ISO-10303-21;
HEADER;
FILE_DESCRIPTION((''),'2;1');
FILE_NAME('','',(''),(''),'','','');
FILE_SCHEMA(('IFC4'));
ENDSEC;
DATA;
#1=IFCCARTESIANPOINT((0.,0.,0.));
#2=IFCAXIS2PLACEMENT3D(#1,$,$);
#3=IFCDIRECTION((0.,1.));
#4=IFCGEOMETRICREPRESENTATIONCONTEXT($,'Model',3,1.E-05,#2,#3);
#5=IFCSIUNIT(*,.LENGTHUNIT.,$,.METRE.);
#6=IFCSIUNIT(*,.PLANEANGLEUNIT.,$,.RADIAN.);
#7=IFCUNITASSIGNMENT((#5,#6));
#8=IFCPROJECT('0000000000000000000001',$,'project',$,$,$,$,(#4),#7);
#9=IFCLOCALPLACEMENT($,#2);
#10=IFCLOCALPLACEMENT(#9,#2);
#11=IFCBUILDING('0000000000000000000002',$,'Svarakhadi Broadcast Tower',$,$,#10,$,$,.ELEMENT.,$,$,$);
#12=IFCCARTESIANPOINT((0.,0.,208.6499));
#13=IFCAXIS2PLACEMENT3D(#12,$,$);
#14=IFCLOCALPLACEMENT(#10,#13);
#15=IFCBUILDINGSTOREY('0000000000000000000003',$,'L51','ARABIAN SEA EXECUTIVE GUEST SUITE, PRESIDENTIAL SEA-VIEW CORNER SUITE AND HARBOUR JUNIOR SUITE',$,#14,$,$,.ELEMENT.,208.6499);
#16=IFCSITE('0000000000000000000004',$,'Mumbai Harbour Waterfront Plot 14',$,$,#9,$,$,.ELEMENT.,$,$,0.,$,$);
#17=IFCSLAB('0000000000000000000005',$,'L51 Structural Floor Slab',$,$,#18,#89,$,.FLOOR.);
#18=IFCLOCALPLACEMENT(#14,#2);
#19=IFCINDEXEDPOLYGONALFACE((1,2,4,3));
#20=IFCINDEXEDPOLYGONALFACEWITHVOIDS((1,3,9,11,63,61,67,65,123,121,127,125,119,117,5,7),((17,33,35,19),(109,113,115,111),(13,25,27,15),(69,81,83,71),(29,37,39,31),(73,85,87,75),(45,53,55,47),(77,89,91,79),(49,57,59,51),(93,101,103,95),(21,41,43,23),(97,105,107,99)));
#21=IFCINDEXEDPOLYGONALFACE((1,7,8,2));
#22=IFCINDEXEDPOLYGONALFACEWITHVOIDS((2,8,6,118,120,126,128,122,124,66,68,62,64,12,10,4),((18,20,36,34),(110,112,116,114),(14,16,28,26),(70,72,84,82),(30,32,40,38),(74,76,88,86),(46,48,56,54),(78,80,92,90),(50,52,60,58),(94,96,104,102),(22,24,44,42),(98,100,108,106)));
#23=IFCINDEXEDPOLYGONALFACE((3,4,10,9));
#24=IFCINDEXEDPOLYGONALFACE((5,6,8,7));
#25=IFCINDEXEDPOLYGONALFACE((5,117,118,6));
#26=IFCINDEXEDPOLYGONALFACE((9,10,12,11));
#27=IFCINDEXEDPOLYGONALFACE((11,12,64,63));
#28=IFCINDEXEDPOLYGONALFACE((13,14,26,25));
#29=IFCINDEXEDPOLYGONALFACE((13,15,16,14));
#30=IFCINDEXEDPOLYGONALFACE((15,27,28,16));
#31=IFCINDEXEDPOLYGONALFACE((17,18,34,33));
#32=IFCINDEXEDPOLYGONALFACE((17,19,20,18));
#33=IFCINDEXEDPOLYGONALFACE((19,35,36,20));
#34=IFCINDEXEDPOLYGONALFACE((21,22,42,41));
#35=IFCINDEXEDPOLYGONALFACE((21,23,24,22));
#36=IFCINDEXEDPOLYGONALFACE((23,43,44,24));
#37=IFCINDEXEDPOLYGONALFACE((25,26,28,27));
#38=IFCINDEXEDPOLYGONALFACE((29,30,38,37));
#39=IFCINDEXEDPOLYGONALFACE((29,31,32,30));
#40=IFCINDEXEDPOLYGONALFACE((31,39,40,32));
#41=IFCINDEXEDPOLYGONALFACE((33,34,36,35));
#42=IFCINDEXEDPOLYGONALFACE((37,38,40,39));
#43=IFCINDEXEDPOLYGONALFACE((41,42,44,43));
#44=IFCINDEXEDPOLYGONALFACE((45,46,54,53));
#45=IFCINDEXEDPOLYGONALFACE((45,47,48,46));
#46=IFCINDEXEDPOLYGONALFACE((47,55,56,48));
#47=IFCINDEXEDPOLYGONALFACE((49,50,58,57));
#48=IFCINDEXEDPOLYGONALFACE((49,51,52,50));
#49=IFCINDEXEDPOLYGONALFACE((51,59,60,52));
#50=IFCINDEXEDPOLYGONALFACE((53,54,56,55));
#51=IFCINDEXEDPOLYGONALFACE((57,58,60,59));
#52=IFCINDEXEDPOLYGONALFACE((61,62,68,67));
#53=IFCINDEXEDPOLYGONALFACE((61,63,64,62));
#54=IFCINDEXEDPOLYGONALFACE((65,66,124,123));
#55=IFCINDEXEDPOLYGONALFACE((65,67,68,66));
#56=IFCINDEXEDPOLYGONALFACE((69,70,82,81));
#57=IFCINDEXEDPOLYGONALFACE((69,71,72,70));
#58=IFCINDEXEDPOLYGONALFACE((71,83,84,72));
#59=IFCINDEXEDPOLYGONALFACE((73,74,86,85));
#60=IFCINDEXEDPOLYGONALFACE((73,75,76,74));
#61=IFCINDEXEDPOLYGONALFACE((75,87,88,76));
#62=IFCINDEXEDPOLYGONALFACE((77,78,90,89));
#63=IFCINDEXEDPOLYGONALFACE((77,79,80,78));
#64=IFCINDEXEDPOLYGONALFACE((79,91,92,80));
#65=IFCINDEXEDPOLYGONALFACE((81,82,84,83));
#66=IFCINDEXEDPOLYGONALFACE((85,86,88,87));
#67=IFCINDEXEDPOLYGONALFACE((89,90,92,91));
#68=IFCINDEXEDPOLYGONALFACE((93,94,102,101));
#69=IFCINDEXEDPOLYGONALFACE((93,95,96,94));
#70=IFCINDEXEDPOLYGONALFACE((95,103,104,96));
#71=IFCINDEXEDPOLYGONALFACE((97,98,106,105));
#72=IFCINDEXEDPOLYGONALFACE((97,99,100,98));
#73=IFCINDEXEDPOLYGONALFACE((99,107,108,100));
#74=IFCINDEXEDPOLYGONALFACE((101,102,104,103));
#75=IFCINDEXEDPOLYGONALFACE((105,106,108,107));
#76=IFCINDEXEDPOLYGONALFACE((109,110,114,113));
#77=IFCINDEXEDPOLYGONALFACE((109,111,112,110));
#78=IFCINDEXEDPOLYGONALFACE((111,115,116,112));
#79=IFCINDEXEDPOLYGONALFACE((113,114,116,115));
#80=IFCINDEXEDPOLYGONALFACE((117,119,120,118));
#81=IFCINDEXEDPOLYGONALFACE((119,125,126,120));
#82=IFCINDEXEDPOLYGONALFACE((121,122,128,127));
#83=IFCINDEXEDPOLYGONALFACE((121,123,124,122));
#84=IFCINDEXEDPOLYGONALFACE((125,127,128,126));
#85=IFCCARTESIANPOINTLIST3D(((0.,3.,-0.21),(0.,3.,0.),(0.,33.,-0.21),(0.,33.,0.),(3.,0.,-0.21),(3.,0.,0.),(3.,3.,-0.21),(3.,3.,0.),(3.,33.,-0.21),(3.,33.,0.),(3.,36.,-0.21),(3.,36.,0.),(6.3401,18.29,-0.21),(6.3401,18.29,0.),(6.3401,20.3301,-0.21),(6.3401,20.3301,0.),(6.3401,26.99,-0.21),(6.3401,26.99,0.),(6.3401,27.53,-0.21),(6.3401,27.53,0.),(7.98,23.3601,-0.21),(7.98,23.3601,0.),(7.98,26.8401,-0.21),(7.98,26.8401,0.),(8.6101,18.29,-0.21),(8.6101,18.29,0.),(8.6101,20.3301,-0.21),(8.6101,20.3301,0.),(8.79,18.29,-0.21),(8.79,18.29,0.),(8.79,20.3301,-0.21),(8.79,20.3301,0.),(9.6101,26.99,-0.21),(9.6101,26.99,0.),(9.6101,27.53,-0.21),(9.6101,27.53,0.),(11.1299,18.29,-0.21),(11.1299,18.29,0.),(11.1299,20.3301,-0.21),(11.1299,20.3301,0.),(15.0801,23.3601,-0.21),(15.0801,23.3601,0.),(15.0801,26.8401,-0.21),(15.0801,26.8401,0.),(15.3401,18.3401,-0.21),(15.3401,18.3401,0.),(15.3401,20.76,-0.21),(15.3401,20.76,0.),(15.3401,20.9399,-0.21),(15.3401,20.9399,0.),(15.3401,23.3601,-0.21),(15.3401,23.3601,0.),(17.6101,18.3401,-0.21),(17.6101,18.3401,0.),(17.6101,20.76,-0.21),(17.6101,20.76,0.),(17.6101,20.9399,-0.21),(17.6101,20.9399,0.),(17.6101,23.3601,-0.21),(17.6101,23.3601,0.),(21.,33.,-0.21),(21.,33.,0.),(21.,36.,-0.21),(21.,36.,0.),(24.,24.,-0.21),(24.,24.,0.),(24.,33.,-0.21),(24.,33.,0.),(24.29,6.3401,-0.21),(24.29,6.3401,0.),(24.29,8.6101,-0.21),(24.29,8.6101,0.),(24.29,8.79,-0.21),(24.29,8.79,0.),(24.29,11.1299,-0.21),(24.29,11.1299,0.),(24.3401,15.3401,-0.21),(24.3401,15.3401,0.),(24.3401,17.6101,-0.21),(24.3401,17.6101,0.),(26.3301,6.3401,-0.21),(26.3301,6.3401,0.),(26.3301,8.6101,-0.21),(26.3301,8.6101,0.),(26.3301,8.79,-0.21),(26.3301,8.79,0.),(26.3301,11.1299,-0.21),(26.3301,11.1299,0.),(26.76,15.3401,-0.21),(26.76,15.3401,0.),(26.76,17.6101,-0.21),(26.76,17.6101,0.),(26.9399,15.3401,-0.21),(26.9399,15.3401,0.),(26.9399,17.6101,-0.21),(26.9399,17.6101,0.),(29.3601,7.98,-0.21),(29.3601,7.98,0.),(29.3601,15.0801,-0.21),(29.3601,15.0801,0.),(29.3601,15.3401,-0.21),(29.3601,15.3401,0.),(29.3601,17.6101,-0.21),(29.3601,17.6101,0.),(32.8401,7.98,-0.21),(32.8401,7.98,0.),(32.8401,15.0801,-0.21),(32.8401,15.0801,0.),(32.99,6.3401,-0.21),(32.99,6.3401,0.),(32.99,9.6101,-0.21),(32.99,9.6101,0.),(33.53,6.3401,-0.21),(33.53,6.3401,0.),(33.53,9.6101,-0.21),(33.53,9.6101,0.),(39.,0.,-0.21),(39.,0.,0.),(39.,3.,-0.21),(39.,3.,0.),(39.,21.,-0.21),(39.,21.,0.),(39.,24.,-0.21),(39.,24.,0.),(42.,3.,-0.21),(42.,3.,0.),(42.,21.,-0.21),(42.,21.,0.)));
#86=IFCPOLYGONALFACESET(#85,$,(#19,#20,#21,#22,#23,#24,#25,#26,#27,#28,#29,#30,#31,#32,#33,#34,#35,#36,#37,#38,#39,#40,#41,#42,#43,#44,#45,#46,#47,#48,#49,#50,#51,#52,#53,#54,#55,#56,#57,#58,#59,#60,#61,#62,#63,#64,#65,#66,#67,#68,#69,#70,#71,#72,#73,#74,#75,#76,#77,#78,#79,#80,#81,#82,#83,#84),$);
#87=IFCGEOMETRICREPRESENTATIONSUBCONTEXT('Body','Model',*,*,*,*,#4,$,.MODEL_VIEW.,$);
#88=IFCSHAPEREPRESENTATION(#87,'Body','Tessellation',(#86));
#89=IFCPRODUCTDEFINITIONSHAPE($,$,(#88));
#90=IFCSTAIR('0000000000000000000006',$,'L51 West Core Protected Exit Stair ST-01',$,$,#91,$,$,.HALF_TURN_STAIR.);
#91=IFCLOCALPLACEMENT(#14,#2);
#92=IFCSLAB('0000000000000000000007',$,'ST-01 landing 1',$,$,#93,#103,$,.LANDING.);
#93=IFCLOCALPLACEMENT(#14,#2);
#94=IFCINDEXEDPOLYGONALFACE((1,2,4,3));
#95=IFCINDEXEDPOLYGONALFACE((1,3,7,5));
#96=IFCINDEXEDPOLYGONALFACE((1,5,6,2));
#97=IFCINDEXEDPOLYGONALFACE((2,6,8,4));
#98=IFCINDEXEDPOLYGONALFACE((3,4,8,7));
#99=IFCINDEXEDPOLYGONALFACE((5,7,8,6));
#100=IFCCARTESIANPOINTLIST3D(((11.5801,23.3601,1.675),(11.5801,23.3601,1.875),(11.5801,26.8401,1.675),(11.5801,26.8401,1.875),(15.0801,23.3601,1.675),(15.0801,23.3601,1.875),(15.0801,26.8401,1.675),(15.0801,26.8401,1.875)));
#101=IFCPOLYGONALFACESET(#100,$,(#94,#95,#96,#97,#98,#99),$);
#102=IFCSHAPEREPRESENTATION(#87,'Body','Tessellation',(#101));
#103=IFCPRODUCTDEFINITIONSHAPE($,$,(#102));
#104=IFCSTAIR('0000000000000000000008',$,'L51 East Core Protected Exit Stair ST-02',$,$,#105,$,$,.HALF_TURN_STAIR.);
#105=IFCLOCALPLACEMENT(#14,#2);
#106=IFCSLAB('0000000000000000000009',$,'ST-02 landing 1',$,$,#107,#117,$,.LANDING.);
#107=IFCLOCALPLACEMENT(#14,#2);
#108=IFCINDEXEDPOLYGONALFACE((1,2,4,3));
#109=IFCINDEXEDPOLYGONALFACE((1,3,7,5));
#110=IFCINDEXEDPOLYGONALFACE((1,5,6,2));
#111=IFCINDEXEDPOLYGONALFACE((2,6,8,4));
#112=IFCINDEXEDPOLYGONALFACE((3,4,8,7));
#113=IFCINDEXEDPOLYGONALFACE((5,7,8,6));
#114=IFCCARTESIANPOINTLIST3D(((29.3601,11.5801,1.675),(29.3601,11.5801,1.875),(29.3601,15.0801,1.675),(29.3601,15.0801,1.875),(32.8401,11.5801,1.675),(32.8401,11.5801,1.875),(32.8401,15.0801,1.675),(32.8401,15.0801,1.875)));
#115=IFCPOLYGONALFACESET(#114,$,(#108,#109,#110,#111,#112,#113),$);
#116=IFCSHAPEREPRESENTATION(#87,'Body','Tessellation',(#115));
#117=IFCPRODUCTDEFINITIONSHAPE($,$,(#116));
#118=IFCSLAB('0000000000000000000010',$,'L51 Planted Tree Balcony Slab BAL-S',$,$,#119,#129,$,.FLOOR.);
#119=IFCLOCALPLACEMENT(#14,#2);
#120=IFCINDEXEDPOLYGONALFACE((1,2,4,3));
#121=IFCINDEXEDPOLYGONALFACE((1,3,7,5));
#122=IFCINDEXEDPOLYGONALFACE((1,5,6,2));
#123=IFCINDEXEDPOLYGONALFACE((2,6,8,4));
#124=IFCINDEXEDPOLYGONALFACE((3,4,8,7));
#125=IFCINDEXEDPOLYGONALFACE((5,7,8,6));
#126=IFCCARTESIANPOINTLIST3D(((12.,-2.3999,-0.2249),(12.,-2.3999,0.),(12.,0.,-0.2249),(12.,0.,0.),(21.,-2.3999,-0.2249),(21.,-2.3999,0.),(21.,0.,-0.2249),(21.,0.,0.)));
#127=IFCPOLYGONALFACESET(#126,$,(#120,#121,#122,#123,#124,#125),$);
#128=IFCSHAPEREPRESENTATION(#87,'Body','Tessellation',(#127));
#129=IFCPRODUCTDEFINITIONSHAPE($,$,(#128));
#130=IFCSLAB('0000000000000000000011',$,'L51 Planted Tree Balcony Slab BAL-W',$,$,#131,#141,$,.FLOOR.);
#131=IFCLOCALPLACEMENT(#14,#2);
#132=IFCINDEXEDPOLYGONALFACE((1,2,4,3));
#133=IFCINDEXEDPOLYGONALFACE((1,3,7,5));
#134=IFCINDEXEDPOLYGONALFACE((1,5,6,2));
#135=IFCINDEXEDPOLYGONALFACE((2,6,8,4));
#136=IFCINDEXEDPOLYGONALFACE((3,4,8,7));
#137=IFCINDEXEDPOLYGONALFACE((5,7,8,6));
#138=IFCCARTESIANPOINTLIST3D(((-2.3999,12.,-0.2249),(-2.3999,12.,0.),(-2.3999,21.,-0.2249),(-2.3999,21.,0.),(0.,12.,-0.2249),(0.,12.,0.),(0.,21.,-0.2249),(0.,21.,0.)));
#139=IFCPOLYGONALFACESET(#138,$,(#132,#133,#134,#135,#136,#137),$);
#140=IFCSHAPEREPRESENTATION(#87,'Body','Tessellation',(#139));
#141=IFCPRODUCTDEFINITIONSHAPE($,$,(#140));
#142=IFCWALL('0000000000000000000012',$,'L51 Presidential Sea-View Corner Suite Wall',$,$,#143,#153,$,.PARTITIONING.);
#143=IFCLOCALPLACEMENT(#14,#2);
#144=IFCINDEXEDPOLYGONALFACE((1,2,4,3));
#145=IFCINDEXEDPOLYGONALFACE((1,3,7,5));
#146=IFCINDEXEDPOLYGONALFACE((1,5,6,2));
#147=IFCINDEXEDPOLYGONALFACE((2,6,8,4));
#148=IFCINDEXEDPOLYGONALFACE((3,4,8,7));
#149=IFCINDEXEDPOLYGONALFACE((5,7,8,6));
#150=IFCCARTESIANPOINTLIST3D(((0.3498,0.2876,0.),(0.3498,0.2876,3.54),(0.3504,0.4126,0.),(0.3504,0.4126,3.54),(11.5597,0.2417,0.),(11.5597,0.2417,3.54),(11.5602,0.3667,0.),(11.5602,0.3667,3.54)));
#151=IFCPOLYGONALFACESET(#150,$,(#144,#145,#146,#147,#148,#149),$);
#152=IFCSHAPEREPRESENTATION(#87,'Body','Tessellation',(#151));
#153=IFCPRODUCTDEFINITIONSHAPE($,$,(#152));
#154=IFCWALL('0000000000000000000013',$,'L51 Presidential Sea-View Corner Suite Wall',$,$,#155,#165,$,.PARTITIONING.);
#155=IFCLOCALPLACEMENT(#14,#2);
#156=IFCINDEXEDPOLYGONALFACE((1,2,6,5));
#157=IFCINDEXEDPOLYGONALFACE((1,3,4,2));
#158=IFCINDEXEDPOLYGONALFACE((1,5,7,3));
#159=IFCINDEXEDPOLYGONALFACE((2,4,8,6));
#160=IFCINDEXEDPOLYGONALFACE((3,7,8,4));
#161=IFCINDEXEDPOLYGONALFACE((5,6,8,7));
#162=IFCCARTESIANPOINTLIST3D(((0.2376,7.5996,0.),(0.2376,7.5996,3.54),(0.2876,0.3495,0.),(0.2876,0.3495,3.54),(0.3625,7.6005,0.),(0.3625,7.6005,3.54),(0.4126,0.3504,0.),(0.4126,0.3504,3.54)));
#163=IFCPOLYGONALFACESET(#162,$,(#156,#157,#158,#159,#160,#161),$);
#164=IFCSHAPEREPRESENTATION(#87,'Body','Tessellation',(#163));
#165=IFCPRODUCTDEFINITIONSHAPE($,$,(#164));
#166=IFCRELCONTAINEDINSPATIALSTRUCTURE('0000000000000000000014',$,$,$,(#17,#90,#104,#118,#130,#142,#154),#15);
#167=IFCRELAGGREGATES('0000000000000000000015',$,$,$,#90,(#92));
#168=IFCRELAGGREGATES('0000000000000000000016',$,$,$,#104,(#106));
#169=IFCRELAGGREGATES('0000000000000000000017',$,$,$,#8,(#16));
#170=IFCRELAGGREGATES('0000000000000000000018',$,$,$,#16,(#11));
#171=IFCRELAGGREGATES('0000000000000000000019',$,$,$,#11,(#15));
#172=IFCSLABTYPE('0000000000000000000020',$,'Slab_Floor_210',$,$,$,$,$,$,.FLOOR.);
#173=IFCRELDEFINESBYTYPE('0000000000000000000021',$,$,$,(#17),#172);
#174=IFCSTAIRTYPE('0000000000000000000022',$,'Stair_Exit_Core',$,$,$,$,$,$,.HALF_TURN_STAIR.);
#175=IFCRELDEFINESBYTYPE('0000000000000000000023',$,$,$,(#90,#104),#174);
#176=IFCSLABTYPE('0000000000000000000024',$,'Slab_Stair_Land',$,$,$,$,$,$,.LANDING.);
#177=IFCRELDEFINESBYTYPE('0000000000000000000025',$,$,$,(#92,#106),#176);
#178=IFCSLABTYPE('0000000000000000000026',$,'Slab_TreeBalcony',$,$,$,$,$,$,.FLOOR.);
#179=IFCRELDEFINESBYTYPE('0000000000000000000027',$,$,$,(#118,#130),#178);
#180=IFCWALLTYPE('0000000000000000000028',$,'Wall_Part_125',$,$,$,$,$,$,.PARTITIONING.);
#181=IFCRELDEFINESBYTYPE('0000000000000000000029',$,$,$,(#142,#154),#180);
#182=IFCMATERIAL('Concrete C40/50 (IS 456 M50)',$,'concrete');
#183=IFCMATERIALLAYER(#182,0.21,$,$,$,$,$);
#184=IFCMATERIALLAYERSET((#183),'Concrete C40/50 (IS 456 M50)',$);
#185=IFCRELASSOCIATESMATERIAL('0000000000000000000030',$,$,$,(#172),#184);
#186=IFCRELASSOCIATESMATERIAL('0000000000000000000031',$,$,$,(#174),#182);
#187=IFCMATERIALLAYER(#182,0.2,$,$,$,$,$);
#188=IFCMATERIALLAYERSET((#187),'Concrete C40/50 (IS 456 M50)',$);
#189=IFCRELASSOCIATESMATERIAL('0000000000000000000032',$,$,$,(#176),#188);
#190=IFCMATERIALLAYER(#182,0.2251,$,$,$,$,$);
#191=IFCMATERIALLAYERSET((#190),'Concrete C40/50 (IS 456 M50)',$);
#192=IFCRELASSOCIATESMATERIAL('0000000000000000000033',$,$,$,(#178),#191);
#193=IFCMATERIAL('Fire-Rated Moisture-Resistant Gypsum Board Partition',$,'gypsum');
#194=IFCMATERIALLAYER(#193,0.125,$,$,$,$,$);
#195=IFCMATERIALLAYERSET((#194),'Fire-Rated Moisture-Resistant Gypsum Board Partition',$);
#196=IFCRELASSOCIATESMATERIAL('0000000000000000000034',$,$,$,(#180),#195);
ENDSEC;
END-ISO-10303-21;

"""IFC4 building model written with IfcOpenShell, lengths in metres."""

from ifc_helpers import new_model, si_unit, direction, frame, frame_2d, origin, place, context, subcontext, project, spatial, polyline, rectangle, outline, extrude, material, layer, layer_set, type_object, element, aggregate, save


model = new_model("IFC4")

# Units and contexts
model_context = context("Model", 3, precision=1e-05, world=origin(), true_north=direction((0.0, 1.0)))
body_context = subcontext(model_context, "Body", "Model", "MODEL_VIEW")
ifc_project = project(units=[si_unit("LENGTHUNIT", "METRE"), si_unit("PLANEANGLEUNIT", "RADIAN")], contexts=[model_context])

# Site, building, storey
site_placement = place(None, origin())
site = spatial("IfcSite", under=ifc_project, at=site_placement, Name="Mumbai Harbour Waterfront Plot 14", CompositionType="ELEMENT", RefElevation=0.0)
building_placement = place(site_placement, origin())
building = spatial("IfcBuilding", under=site, at=building_placement, Name="Svarakhadi Broadcast Tower", CompositionType="ELEMENT")
storey_placement = place(building_placement, frame((0.0, 0.0, 208.6499)))
storey = spatial("IfcBuildingStorey", under=building, at=storey_placement, Name="L51", Description="ARABIAN SEA EXECUTIVE GUEST SUITE, PRESIDENTIAL SEA-VIEW CORNER SUITE AND HARBOUR JUNIOR SUITE", CompositionType="ELEMENT", Elevation=208.6499)

# Slab
ifc_material_1 = material(Name="Concrete C40/50 (IS 456 M50)", Category="concrete")
ifc_layer_1 = layer(ifc_material_1, 0.21)
ifc_layer_set_1 = layer_set([ifc_layer_1], Name="Concrete C40/50 (IS 456 M50)")
slab_type_1 = type_object("IfcSlabType", Name="Slab_Floor_210", PredefinedType="FLOOR", material=ifc_layer_set_1)
slab_1_placement = place(storey_placement, frame((0.0, 0.0, -0.21)))
element("IfcSlab", 1, at=slab_1_placement, inside=storey, type_object=slab_type_1, Name="L51 Structural Floor Slab", PredefinedType="FLOOR", context=body_context, shape_type="SweptSolid", body=[
    extrude(outline(polyline([(3.0, 0.0), (39.0, 0.0), (39.0, 3.0), (42.0, 3.0), (42.0, 21.0), (39.0, 21.0), (39.0, 24.0), (24.0, 24.0), (24.0, 33.0), (21.0, 33.0), (21.0, 36.0), (3.0, 36.0), (3.0, 33.0), (0.0, 33.0), (0.0, 3.0), (3.0, 3.0), (3.0, 0.0)]), holes=[polyline([(7.98, 23.3601), (15.0801, 23.3601), (15.0801, 26.8401), (7.98, 26.8401), (7.98, 23.3601)]), polyline([(32.8401, 7.98), (32.8401, 15.0801), (29.3601, 15.0801), (29.3601, 7.98), (32.8401, 7.98)]), polyline([(6.3401, 18.29), (8.6101, 18.29), (8.6101, 20.3301), (6.3401, 20.3301), (6.3401, 18.29)]), polyline([(8.79, 18.29), (11.1299, 18.29), (11.1299, 20.3301), (8.79, 20.3301), (8.79, 18.29)]), polyline([(24.29, 6.3401), (26.3301, 6.3401), (26.3301, 8.6101), (24.29, 8.6101), (24.29, 6.3401)]), polyline([(24.29, 8.79), (26.3301, 8.79), (26.3301, 11.1299), (24.29, 11.1299), (24.29, 8.79)]), polyline([(6.3401, 26.99), (9.6101, 26.99), (9.6101, 27.53), (6.3401, 27.53), (6.3401, 26.99)]), polyline([(32.99, 6.3401), (33.53, 6.3401), (33.53, 9.6101), (32.99, 9.6101), (32.99, 6.3401)]), polyline([(15.3401, 18.3401), (17.6101, 18.3401), (17.6101, 20.76), (15.3401, 20.76), (15.3401, 18.3401)]), polyline([(15.3401, 20.9399), (17.6101, 20.9399), (17.6101, 23.3601), (15.3401, 23.3601), (15.3401, 20.9399)]), polyline([(24.3401, 15.3401), (26.76, 15.3401), (26.76, 17.6101), (24.3401, 17.6101), (24.3401, 15.3401)]), polyline([(26.9399, 15.3401), (29.3601, 15.3401), (29.3601, 17.6101), (26.9399, 17.6101), (26.9399, 15.3401)])]), origin(), (0.0, 0.0, 1.0), 0.21),
])

# Stairs, slabs
stair_type = type_object("IfcStairType", Name="Stair_Exit_Core", PredefinedType="HALF_TURN_STAIR", material=ifc_material_1)
stair_1_placement = place(storey_placement, origin())
stair_1 = element("IfcStair", 2, at=stair_1_placement, inside=storey, type_object=stair_type, Name="L51 West Core Protected Exit Stair ST-01", PredefinedType="HALF_TURN_STAIR")
ifc_layer_2 = layer(ifc_material_1, 0.2)
ifc_layer_set_2 = layer_set([ifc_layer_2], Name="Concrete C40/50 (IS 456 M50)")
slab_type_2 = type_object("IfcSlabType", Name="Slab_Stair_Land", PredefinedType="LANDING", material=ifc_layer_set_2)
slab_2_placement = place(storey_placement, frame((0.0, 0.0, 1.675)))
slab_2 = element("IfcSlab", 3, at=slab_2_placement, type_object=slab_type_2, Name="ST-01 landing 1", PredefinedType="LANDING", context=body_context, shape_type="SweptSolid", body=[
    extrude(outline(polyline([(11.5801, 23.3601), (15.0801, 23.3601), (15.0801, 26.8401), (11.5801, 26.8401), (11.5801, 23.3601)])), origin(), (0.0, 0.0, 1.0), 0.2),
])
aggregate(stair_1, [slab_2])
stair_2_placement = place(storey_placement, origin())
stair_2 = element("IfcStair", 4, at=stair_2_placement, inside=storey, type_object=stair_type, Name="L51 East Core Protected Exit Stair ST-02", PredefinedType="HALF_TURN_STAIR")
slab_3_placement = place(storey_placement, frame((0.0, 0.0, 1.675)))
slab_3 = element("IfcSlab", 5, at=slab_3_placement, type_object=slab_type_2, Name="ST-02 landing 1", PredefinedType="LANDING", context=body_context, shape_type="SweptSolid", body=[
    extrude(outline(polyline([(32.8401, 11.5801), (32.8401, 15.0801), (29.3601, 15.0801), (29.3601, 11.5801), (32.8401, 11.5801)])), origin(), (0.0, 0.0, 1.0), 0.2),
])
aggregate(stair_2, [slab_3])

# Slabs
ifc_layer_3 = layer(ifc_material_1, 0.2251)
ifc_layer_set_3 = layer_set([ifc_layer_3], Name="Concrete C40/50 (IS 456 M50)")
slab_type_3 = type_object("IfcSlabType", Name="Slab_TreeBalcony", PredefinedType="FLOOR", material=ifc_layer_set_3)
slab_4_placement = place(storey_placement, frame((0.0, 0.0, -0.2249)))
element("IfcSlab", 6, at=slab_4_placement, inside=storey, type_object=slab_type_3, Name="L51 Planted Tree Balcony Slab BAL-S", PredefinedType="FLOOR", context=body_context, shape_type="SweptSolid", body=[
    extrude(outline(polyline([(12.0, -2.3999), (21.0, -2.3999), (21.0, 0.0), (12.0, 0.0), (12.0, -2.3999)])), origin(), (0.0, 0.0, 1.0), 0.2249),
])
slab_5_placement = place(storey_placement, frame((0.0, 0.0, -0.2249)))
element("IfcSlab", 7, at=slab_5_placement, inside=storey, type_object=slab_type_3, Name="L51 Planted Tree Balcony Slab BAL-W", PredefinedType="FLOOR", context=body_context, shape_type="SweptSolid", body=[
    extrude(outline(polyline([(-2.3999, 12.0), (0.0, 12.0), (0.0, 21.0), (-2.3999, 21.0), (-2.3999, 12.0)])), origin(), (0.0, 0.0, 1.0), 0.2249),
])

# Walls
ifc_material_2 = material(Name="Fire-Rated Moisture-Resistant Gypsum Board Partition", Category="gypsum")
ifc_layer_4 = layer(ifc_material_2, 0.125)
ifc_layer_set_4 = layer_set([ifc_layer_4], Name="Fire-Rated Moisture-Resistant Gypsum Board Partition")
wall_type = type_object("IfcWallType", Name="Wall_Part_125", PredefinedType="PARTITIONING", material=ifc_layer_set_4)
wall_1_placement = place(storey_placement, frame((0.3501, 0.3501, 0.0), z_axis=(0.0, 0.0, 1.0), x_axis=(0.999992, -0.004094, 0.0)))
element("IfcWall", 8, at=wall_1_placement, inside=storey, type_object=wall_type, Name="L51 Presidential Sea-View Corner Suite Wall", PredefinedType="PARTITIONING", context=body_context, shape_type="SweptSolid", body=[
    extrude(rectangle(XDim=11.21, YDim=0.125, at=frame_2d((5.605, 0.0))), origin(), (0.0, 0.0, 1.0), 3.54),
])
wall_2_placement = place(storey_placement, frame((0.3501, 0.3501, 0.0), z_axis=(0.0, 0.0, 1.0), x_axis=(-0.006903, 0.999976, 0.0)))
element("IfcWall", 9, at=wall_2_placement, inside=storey, type_object=wall_type, Name="L51 Presidential Sea-View Corner Suite Wall", PredefinedType="PARTITIONING", context=body_context, shape_type="SweptSolid", body=[
    extrude(rectangle(XDim=7.2502, YDim=0.125, at=frame_2d((3.625, 0.0))), origin(), (0.0, 0.0, 1.0), 3.54),
])

save(model, "model.ifc")
